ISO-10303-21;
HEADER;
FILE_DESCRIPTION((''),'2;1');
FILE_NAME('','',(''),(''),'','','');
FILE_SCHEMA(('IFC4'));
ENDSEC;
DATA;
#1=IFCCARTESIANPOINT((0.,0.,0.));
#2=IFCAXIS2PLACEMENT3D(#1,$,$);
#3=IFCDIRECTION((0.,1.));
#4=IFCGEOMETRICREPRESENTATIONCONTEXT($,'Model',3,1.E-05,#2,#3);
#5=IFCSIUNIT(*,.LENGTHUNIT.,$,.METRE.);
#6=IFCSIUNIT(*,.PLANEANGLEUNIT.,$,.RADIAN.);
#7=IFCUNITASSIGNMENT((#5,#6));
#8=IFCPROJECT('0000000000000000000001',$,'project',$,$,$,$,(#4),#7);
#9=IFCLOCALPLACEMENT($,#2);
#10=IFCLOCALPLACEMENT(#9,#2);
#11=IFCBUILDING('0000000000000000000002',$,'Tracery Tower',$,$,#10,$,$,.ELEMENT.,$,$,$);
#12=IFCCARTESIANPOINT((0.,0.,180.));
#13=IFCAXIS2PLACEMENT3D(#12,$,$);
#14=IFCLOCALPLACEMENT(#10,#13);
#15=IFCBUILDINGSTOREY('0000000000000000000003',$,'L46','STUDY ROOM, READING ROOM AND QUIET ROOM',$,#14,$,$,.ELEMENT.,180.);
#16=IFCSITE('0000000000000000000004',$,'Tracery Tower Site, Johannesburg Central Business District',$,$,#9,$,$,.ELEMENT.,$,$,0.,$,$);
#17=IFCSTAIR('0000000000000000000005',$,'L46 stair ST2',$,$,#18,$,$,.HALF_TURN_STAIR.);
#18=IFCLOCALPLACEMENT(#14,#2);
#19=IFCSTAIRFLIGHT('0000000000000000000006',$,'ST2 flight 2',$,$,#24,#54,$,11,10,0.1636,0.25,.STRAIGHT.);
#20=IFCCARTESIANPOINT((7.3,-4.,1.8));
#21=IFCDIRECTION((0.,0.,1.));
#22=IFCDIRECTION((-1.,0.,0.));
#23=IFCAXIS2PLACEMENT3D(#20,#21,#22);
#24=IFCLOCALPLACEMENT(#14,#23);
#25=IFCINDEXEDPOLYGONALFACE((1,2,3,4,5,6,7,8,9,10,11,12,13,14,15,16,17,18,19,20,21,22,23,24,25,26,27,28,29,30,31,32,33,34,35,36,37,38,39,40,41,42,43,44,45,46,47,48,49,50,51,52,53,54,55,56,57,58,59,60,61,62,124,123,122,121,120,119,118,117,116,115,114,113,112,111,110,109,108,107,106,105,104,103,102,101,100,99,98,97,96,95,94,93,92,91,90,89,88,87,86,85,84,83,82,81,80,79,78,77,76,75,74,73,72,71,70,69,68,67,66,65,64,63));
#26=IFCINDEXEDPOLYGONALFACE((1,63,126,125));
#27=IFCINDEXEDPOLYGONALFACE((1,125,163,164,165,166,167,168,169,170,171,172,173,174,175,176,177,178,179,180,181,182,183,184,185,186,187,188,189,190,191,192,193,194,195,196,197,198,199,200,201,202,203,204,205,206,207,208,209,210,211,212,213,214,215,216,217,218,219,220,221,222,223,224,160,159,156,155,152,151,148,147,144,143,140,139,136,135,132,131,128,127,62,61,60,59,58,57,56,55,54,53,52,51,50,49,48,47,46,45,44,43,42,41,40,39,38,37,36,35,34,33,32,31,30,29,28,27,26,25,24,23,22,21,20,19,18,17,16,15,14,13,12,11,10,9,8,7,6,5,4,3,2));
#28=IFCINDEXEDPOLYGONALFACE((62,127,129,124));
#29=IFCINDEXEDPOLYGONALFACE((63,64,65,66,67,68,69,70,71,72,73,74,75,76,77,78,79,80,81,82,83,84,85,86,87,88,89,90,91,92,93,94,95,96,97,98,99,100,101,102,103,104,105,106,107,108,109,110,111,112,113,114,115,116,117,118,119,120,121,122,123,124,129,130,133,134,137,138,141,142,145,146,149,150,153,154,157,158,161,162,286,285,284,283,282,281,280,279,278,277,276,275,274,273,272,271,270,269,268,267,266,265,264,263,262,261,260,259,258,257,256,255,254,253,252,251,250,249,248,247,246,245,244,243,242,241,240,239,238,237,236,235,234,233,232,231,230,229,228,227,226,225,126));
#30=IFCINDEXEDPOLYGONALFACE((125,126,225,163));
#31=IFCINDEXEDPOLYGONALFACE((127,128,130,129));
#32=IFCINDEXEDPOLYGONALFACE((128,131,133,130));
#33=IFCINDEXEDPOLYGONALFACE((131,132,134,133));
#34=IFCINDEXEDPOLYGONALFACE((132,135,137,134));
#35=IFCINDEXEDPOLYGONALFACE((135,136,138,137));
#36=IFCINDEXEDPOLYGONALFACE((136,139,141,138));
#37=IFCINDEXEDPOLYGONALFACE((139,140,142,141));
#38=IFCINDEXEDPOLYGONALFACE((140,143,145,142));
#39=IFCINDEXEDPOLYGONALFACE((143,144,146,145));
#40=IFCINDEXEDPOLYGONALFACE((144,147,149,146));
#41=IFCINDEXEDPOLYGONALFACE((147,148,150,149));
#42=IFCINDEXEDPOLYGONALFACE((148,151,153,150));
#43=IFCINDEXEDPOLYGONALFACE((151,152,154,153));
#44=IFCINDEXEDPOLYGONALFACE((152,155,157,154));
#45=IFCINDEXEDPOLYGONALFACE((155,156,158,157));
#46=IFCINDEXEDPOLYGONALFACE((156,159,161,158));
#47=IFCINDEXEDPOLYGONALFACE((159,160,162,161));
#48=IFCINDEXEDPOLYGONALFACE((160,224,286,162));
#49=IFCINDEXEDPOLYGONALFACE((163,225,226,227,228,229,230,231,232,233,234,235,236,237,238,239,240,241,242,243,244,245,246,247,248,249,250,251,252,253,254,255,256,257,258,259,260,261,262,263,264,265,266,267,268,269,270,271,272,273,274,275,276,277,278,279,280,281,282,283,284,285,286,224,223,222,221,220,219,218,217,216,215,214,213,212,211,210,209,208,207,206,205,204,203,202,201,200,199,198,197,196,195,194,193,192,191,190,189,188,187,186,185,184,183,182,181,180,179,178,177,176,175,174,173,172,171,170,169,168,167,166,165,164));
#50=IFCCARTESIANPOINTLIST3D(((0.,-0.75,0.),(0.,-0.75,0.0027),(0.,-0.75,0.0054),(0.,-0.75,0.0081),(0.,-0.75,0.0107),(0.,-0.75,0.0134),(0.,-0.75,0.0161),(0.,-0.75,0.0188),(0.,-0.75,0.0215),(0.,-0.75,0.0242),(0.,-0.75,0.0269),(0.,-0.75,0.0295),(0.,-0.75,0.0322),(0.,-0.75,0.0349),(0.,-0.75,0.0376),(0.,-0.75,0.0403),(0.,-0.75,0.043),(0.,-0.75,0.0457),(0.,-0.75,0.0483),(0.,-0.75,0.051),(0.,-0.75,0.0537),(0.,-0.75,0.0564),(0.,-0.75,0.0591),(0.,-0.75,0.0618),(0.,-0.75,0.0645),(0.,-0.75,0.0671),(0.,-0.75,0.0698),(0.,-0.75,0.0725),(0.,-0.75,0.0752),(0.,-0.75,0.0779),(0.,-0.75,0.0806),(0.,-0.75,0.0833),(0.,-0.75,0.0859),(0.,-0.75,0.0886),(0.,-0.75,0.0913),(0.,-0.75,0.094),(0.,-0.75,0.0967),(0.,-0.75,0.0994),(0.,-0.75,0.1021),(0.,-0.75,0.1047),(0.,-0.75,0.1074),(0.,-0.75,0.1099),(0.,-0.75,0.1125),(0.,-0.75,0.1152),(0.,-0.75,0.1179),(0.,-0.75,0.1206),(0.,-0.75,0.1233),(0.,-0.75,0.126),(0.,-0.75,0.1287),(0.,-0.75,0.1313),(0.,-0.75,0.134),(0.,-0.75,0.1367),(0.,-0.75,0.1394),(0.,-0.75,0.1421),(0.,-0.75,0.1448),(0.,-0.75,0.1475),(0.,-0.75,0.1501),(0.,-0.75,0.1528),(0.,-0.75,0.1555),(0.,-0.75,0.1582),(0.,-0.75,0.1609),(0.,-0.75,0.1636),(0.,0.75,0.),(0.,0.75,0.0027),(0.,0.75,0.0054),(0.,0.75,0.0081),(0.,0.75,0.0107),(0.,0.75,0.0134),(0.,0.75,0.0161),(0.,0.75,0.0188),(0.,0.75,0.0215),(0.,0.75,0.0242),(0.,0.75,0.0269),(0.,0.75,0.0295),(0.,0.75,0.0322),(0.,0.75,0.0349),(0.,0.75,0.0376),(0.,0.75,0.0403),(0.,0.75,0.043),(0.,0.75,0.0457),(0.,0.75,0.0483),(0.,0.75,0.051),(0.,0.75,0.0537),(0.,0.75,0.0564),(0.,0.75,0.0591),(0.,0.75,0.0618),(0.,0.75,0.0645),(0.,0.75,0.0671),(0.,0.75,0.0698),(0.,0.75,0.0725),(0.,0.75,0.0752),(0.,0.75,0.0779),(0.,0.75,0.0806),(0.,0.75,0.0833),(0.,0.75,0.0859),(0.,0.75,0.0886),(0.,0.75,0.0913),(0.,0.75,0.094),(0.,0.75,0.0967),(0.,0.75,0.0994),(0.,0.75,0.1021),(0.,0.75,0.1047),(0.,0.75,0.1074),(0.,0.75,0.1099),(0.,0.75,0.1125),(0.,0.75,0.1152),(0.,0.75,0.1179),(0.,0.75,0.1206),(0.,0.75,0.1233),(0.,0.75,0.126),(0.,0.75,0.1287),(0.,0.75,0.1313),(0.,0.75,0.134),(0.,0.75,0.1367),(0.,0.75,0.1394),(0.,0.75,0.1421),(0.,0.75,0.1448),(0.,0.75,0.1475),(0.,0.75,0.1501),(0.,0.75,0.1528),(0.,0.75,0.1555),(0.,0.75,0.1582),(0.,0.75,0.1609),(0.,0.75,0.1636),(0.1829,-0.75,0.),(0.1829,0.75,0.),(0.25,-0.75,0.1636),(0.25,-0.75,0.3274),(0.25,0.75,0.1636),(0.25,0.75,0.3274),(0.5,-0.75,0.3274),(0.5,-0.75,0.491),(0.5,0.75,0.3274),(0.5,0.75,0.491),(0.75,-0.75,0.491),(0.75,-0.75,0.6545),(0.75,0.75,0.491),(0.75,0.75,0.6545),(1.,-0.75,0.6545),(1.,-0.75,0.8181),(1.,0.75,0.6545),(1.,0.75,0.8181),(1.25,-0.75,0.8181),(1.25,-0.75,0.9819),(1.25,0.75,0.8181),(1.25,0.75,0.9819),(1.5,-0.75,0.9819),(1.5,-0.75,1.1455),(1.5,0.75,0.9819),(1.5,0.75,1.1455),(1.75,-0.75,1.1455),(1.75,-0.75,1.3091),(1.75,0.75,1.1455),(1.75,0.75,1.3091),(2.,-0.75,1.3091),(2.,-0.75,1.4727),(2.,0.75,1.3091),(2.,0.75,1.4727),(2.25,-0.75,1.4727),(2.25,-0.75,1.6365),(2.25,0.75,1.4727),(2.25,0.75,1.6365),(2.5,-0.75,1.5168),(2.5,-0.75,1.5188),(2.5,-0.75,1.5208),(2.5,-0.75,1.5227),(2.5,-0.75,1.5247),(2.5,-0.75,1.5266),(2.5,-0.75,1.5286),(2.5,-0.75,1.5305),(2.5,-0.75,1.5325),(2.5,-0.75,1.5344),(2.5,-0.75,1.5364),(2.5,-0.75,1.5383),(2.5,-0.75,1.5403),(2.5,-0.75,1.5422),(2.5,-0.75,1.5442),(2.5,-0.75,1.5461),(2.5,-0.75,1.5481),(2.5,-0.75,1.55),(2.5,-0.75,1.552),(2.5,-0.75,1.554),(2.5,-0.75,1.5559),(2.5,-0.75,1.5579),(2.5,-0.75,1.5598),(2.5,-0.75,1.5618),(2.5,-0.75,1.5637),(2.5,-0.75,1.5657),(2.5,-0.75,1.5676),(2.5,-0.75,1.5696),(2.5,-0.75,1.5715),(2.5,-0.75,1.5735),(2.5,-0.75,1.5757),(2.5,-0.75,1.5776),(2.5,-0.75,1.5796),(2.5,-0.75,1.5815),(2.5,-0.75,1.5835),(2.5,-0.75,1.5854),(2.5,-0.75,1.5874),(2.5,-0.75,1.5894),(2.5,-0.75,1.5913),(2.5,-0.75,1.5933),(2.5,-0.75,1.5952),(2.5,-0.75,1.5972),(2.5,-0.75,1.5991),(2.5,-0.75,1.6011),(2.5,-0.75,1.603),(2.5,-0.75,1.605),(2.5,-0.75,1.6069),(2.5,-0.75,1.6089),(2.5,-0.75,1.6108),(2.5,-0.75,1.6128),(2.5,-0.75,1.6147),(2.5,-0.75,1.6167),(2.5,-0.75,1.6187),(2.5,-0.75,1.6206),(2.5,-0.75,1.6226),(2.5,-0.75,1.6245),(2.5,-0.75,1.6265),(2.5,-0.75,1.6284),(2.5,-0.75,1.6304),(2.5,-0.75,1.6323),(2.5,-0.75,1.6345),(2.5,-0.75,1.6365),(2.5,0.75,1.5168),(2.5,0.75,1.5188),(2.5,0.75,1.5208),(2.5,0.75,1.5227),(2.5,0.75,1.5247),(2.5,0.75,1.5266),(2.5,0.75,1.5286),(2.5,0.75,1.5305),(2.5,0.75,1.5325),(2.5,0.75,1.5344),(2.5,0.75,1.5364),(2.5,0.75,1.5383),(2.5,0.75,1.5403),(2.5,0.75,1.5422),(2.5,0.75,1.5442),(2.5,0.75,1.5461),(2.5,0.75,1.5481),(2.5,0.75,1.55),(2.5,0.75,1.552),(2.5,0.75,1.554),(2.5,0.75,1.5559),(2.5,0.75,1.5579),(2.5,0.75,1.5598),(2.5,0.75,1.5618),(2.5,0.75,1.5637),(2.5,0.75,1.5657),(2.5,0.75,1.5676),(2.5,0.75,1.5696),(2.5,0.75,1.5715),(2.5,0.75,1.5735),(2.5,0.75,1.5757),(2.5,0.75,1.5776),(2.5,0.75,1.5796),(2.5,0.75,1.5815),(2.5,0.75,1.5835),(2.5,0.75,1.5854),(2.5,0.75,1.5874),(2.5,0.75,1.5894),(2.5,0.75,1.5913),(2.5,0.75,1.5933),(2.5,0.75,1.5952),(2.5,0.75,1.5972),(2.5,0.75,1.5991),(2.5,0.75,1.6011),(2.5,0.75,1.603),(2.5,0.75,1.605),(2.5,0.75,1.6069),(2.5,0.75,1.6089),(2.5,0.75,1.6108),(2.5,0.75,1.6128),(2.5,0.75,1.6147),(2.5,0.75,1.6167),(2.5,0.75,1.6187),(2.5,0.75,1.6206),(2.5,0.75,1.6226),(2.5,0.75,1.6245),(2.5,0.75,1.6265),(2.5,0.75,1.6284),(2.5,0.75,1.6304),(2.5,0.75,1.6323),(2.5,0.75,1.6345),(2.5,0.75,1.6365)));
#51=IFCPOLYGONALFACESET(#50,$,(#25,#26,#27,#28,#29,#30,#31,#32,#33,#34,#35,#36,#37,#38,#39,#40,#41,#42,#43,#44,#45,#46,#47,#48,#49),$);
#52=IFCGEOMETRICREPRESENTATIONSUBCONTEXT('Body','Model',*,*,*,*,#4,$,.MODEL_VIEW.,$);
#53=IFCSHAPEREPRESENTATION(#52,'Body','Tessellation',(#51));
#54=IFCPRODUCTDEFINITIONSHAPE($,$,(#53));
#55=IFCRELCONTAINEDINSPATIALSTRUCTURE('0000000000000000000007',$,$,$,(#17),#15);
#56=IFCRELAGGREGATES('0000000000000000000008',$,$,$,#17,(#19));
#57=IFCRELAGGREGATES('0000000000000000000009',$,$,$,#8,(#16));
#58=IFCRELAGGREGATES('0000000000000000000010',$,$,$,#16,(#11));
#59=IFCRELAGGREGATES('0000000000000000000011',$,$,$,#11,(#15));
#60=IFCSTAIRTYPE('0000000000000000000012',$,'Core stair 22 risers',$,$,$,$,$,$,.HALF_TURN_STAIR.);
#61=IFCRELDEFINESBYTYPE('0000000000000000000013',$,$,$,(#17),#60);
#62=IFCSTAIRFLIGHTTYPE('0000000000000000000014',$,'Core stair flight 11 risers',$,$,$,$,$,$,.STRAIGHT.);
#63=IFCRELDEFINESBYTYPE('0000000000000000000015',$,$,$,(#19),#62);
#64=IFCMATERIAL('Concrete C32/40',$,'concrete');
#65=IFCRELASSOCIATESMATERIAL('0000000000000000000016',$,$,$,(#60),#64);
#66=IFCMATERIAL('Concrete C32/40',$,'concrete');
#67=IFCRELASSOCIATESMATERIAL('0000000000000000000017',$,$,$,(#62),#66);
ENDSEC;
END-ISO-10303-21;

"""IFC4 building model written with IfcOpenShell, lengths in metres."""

from ifc_helpers import new_model, si_unit, direction, frame, origin, place, context, subcontext, project, spatial, polyline, outline, extrude, material, type_object, element, aggregate, save


model = new_model("IFC4")

# Units and contexts
model_context = context("Model", 3, precision=1e-05, world=origin(), true_north=direction((0.0, 1.0)))
body_context = subcontext(model_context, "Body", "Model", "MODEL_VIEW")
ifc_project = project(units=[si_unit("LENGTHUNIT", "METRE"), si_unit("PLANEANGLEUNIT", "RADIAN")], contexts=[model_context])

# Site, building, storey
site_placement = place(None, origin())
site = spatial("IfcSite", under=ifc_project, at=site_placement, Name="Tracery Tower Site, Johannesburg Central Business District", CompositionType="ELEMENT", RefElevation=0.0)
building_placement = place(site_placement, origin())
building = spatial("IfcBuilding", under=site, at=building_placement, Name="Tracery Tower", CompositionType="ELEMENT")
storey_placement = place(building_placement, frame((0.0, 0.0, 180.0)))
storey = spatial("IfcBuildingStorey", under=building, at=storey_placement, Name="L46", Description="STUDY ROOM, READING ROOM AND QUIET ROOM", CompositionType="ELEMENT", Elevation=180.0)

# Stair, stair flight
ifc_material_1 = material(Name="Concrete C32/40", Category="concrete")
stair_type = type_object("IfcStairType", Name="Core stair 22 risers", PredefinedType="HALF_TURN_STAIR", material=ifc_material_1)
stair_placement = place(storey_placement, origin())
stair = element("IfcStair", 1, at=stair_placement, inside=storey, type_object=stair_type, Name="L46 stair ST2", PredefinedType="HALF_TURN_STAIR")
ifc_material_2 = material(Name="Concrete C32/40", Category="concrete")
stair_flight_type = type_object("IfcStairFlightType", Name="Core stair flight 11 risers", PredefinedType="STRAIGHT", material=ifc_material_2)
stair_flight_1_placement = place(storey_placement, frame((7.3, -4.0, 1.8), z_axis=(0.0, 0.0, 1.0), x_axis=(-1.0, 0.0, 0.0)))
stair_flight_1 = element("IfcStairFlight", 2, at=stair_flight_1_placement, type_object=stair_flight_type, Name="ST2 flight 2", NumberOfRisers=11, NumberOfTreads=10, PredefinedType="STRAIGHT", RiserHeight=0.1636, TreadLength=0.25, context=body_context, shape_type="SweptSolid", body=[
    extrude(outline(polyline([(0.0, 0.0), (0.0, 0.0027), (0.0, 0.0054), (0.0, 0.0081), (0.0, 0.0107), (0.0, 0.0134), (0.0, 0.0161), (0.0, 0.0188), (0.0, 0.0215), (0.0, 0.0242), (0.0, 0.0269), (0.0, 0.0295), (0.0, 0.0322), (0.0, 0.0349), (0.0, 0.0376), (0.0, 0.0403), (0.0, 0.043), (0.0, 0.0457), (0.0, 0.0483), (0.0, 0.051), (0.0, 0.0537), (0.0, 0.0564), (0.0, 0.0591), (0.0, 0.0618), (0.0, 0.0645), (0.0, 0.0671), (0.0, 0.0698), (0.0, 0.0725), (0.0, 0.0752), (0.0, 0.0779), (0.0, 0.0806), (0.0, 0.0833), (0.0, 0.0859), (0.0, 0.0886), (0.0, 0.0913), (0.0, 0.094), (0.0, 0.0967), (0.0, 0.0994), (0.0, 0.1021), (0.0, 0.1047), (0.0, 0.1074), (0.0, 0.1099), (0.0, 0.1125), (0.0, 0.1152), (0.0, 0.1179), (0.0, 0.1206), (0.0, 0.1233), (0.0, 0.126), (0.0, 0.1287), (0.0, 0.1313), (0.0, 0.134), (0.0, 0.1367), (0.0, 0.1394), (0.0, 0.1421), (0.0, 0.1448), (0.0, 0.1475), (0.0, 0.1501), (0.0, 0.1528), (0.0, 0.1555), (0.0, 0.1582), (0.0, 0.1609), (0.0, 0.1636), (0.25, 0.1636), (0.25, 0.3274), (0.5, 0.3274), (0.5, 0.491), (0.75, 0.491), (0.75, 0.6545), (1.0, 0.6545), (1.0, 0.8181), (1.25, 0.8181), (1.25, 0.9819), (1.5, 0.9819), (1.5, 1.1455), (1.75, 1.1455), (1.75, 1.3091), (2.0, 1.3091), (2.0, 1.4727), (2.25, 1.4727), (2.25, 1.6365), (2.5, 1.6365), (2.5, 1.6345), (2.5, 1.6323), (2.5, 1.6304), (2.5, 1.6284), (2.5, 1.6265), (2.5, 1.6245), (2.5, 1.6226), (2.5, 1.6206), (2.5, 1.6187), (2.5, 1.6167), (2.5, 1.6147), (2.5, 1.6128), (2.5, 1.6108), (2.5, 1.6089), (2.5, 1.6069), (2.5, 1.605), (2.5, 1.603), (2.5, 1.6011), (2.5, 1.5991), (2.5, 1.5972), (2.5, 1.5952), (2.5, 1.5933), (2.5, 1.5913), (2.5, 1.5894), (2.5, 1.5874), (2.5, 1.5854), (2.5, 1.5835), (2.5, 1.5815), (2.5, 1.5796), (2.5, 1.5776), (2.5, 1.5757), (2.5, 1.5735), (2.5, 1.5715), (2.5, 1.5696), (2.5, 1.5676), (2.5, 1.5657), (2.5, 1.5637), (2.5, 1.5618), (2.5, 1.5598), (2.5, 1.5579), (2.5, 1.5559), (2.5, 1.554), (2.5, 1.552), (2.5, 1.55), (2.5, 1.5481), (2.5, 1.5461), (2.5, 1.5442), (2.5, 1.5422), (2.5, 1.5403), (2.5, 1.5383), (2.5, 1.5364), (2.5, 1.5344), (2.5, 1.5325), (2.5, 1.5305), (2.5, 1.5286), (2.5, 1.5266), (2.5, 1.5247), (2.5, 1.5227), (2.5, 1.5208), (2.5, 1.5188), (2.5, 1.5168), (0.1829, 0.0), (0.0, 0.0)])), frame((0.0, 0.75, 0.0), z_axis=(0.0, -1.0, 0.0), x_axis=(1.0, 0.0, 0.0)), (0.0, 0.0, 1.0), 1.5),
])
aggregate(stair, [stair_flight_1])

save(model, "model.ifc")
